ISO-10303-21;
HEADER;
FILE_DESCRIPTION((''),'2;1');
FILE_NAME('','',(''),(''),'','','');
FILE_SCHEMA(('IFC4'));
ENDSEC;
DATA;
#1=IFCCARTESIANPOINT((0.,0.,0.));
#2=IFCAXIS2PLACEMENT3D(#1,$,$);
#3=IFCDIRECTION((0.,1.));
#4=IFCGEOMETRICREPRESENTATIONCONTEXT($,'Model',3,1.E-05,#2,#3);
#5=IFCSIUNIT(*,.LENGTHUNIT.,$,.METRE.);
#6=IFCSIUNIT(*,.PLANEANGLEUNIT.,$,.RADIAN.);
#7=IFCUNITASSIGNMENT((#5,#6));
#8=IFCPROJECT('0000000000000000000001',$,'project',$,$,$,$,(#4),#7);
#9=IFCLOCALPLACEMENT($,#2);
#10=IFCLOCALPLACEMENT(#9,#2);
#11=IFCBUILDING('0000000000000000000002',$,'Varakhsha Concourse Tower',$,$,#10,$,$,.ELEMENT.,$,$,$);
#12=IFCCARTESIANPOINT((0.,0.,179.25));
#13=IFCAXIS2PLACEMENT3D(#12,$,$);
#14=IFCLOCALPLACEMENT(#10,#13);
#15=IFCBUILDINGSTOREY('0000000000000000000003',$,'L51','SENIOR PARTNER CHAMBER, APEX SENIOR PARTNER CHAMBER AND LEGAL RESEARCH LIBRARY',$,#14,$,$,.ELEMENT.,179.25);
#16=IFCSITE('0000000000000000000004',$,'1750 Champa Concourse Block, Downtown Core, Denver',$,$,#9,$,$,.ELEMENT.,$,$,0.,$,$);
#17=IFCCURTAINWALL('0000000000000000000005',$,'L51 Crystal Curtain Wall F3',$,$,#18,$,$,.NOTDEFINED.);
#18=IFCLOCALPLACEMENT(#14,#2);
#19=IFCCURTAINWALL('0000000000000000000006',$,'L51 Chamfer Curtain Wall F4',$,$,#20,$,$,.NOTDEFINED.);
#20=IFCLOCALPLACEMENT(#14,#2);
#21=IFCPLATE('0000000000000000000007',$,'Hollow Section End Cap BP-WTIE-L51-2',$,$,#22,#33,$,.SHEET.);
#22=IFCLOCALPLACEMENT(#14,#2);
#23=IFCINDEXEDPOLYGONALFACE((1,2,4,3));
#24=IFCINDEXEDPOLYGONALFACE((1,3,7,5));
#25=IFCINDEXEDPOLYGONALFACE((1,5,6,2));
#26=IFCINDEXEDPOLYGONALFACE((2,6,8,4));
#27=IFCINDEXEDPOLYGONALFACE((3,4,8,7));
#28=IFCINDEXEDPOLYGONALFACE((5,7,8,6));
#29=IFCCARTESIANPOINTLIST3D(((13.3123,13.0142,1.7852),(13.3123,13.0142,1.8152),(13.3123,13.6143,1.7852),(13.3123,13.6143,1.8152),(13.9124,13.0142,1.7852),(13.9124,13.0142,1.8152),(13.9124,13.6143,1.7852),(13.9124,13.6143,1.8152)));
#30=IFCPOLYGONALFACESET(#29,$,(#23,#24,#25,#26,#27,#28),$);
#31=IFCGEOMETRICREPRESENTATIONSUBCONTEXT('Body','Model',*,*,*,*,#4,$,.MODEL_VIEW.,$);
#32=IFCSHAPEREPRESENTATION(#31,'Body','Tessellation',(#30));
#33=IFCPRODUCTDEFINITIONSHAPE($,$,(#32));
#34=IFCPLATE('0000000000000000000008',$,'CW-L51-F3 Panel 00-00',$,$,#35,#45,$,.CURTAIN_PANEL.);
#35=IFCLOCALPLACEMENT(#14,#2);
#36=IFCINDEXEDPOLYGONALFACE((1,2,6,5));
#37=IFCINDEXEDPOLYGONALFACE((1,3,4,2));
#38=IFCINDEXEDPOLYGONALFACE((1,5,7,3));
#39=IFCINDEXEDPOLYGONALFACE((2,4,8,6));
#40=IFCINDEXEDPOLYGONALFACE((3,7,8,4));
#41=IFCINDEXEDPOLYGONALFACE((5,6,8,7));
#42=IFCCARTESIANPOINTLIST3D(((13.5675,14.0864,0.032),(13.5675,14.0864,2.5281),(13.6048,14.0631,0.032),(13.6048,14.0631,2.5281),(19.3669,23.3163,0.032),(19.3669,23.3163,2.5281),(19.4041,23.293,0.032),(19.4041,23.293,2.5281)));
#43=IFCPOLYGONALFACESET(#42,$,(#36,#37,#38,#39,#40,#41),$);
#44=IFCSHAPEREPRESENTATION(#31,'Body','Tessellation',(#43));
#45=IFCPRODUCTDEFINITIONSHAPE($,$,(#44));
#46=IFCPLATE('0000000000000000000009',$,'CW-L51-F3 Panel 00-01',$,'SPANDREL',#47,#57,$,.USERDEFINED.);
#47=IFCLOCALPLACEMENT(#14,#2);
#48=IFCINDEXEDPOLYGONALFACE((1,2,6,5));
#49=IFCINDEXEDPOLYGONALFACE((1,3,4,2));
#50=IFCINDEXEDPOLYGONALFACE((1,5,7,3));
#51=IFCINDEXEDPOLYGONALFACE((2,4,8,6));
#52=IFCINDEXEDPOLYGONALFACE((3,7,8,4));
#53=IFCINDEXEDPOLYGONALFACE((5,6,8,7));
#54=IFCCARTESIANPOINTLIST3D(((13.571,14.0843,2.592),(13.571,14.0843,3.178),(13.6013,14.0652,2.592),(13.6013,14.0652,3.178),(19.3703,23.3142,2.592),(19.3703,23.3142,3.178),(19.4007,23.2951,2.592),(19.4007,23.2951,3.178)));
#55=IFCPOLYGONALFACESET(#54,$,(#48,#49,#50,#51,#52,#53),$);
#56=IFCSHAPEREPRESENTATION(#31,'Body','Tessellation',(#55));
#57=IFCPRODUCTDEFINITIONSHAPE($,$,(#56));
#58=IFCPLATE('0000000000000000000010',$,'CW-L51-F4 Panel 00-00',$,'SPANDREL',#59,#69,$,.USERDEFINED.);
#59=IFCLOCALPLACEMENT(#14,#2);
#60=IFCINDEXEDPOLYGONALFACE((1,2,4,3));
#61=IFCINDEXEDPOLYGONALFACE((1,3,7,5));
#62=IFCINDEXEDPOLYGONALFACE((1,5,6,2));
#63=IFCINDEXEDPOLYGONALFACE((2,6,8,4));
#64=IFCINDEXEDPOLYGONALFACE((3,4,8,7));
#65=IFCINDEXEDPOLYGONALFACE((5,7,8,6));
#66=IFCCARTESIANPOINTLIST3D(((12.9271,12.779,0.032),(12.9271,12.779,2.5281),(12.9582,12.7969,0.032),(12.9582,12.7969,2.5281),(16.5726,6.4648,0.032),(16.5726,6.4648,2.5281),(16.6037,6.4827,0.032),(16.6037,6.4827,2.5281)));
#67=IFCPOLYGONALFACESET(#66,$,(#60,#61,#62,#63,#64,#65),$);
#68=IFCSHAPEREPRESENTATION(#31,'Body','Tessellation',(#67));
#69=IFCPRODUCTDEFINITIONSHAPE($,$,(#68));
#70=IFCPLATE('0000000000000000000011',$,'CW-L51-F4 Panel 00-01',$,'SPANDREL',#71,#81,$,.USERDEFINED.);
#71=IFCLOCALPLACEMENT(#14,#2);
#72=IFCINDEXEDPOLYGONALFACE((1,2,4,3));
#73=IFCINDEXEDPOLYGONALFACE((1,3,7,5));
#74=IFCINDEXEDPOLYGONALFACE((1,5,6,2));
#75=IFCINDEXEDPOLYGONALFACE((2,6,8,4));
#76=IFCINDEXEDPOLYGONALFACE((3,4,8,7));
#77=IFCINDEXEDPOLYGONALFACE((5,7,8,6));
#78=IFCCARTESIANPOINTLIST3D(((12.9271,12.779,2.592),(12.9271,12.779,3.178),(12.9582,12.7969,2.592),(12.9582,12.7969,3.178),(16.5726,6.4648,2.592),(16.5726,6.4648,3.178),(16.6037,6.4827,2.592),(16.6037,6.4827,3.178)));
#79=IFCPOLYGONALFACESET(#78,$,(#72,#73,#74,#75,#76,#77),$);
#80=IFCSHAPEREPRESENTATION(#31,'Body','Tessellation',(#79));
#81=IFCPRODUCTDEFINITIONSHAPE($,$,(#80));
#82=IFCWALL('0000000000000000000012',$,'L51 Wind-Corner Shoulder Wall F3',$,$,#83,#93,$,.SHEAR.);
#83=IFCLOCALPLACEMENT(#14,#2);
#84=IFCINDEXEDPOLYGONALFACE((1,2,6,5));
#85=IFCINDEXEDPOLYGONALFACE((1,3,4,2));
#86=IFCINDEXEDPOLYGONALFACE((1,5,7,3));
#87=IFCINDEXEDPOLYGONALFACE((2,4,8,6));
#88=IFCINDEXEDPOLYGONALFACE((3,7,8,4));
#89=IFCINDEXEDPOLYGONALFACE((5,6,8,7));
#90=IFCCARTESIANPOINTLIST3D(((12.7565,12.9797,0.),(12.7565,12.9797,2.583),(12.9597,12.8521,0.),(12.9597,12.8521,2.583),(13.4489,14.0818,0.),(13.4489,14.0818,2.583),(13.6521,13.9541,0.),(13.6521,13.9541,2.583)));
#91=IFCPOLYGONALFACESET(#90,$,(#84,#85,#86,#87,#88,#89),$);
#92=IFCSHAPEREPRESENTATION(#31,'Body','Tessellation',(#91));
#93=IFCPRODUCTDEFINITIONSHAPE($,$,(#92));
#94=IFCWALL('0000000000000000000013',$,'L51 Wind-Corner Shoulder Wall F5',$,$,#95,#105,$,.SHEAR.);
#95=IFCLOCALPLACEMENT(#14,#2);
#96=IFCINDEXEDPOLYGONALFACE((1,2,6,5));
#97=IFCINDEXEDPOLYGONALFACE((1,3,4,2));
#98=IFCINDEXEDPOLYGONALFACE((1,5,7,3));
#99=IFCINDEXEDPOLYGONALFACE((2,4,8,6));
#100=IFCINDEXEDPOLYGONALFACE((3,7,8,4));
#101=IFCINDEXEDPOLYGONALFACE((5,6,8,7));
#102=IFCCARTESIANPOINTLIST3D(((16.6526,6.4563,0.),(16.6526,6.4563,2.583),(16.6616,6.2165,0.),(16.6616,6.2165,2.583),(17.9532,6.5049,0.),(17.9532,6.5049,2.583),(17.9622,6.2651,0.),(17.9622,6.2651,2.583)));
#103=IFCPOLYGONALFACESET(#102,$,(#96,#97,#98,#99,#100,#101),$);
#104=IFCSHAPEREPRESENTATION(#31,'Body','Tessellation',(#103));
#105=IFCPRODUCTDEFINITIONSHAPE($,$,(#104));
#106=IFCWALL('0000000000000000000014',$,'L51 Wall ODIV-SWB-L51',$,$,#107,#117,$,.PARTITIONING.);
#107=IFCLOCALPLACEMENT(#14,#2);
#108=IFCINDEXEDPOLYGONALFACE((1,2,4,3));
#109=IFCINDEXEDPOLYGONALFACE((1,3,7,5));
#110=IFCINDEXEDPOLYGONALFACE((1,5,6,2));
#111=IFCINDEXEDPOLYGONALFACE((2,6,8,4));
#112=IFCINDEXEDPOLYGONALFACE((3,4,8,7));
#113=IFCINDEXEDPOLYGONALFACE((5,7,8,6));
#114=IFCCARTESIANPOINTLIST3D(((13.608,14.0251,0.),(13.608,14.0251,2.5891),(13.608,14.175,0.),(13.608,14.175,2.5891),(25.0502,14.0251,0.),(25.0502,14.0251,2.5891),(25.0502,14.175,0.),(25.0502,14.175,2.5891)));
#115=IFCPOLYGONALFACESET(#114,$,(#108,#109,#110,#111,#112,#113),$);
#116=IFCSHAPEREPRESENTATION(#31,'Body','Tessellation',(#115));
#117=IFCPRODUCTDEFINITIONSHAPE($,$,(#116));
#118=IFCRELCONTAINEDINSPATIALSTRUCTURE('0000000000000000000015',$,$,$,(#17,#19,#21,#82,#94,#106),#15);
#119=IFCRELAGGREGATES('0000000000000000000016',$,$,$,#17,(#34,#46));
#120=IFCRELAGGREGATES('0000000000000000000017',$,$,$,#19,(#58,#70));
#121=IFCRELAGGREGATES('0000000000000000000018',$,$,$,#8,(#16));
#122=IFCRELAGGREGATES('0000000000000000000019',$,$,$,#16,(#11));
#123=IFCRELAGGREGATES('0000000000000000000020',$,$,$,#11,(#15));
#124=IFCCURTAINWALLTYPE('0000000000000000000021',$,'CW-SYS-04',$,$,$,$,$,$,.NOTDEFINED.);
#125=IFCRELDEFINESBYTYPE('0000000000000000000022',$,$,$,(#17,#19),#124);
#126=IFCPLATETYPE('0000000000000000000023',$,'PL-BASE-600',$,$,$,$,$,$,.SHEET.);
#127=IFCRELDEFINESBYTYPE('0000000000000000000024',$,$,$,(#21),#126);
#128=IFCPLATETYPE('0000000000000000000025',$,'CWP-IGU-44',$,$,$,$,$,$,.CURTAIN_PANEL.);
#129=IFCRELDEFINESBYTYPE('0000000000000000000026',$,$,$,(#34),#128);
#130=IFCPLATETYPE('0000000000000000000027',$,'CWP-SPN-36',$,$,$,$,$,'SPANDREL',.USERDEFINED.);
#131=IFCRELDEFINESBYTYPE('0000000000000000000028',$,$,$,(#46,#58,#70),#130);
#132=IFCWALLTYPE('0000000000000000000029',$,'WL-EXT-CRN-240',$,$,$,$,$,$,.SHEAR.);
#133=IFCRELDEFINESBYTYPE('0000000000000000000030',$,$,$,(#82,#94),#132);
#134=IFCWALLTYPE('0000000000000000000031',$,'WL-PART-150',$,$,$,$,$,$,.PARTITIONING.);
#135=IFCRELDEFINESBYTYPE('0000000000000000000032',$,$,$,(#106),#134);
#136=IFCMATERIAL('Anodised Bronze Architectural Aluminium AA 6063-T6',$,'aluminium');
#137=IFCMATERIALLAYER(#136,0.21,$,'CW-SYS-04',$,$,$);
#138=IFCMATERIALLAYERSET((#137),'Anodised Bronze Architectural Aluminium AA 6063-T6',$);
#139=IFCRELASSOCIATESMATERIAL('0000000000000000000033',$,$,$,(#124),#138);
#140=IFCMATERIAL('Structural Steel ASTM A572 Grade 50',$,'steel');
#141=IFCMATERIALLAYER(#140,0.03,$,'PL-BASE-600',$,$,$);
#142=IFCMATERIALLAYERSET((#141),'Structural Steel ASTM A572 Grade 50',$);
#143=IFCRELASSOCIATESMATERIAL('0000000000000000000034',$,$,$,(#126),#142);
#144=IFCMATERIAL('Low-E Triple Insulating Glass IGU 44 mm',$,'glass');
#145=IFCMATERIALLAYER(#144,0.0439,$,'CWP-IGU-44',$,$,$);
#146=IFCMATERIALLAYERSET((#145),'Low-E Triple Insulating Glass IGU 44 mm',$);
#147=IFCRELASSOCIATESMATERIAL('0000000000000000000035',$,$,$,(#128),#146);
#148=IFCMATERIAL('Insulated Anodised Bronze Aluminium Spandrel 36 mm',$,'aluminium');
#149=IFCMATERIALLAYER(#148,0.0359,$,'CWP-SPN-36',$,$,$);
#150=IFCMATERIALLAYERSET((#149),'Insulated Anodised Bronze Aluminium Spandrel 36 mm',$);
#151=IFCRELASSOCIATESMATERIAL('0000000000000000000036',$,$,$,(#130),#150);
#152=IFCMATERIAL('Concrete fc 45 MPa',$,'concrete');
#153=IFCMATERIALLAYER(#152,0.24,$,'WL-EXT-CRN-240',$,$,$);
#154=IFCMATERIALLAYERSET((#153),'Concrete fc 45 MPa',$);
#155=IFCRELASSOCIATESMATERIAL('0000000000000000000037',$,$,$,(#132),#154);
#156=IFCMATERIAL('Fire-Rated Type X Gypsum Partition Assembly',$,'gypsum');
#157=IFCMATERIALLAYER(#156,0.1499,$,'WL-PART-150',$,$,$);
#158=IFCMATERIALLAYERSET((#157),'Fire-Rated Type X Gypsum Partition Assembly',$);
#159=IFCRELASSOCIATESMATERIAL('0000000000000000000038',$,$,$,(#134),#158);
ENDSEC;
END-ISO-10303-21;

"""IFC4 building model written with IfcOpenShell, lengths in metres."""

from ifc_helpers import new_model, si_unit, direction, frame, frame_2d, origin, origin_2d, place, context, subcontext, project, spatial, rectangle, extrude, source, transform, mapped, material, layer, layer_set, type_object, type_shapes, element, aggregate, save


model = new_model("IFC4")

# Units and contexts
model_context = context("Model", 3, precision=1e-05, world=origin(), true_north=direction((0.0, 1.0)))
body_context = subcontext(model_context, "Body", "Model", "MODEL_VIEW")
ifc_project = project(units=[si_unit("LENGTHUNIT", "METRE"), si_unit("PLANEANGLEUNIT", "RADIAN")], contexts=[model_context])

# Site, building, storey
site_placement = place(None, origin())
site = spatial("IfcSite", under=ifc_project, at=site_placement, Name="1750 Champa Concourse Block, Downtown Core, Denver", CompositionType="ELEMENT", RefElevation=0.0)
building_placement = place(site_placement, origin())
building = spatial("IfcBuilding", under=site, at=building_placement, Name="Varakhsha Concourse Tower", CompositionType="ELEMENT")
storey_placement = place(building_placement, frame((0.0, 0.0, 179.25)))
storey = spatial("IfcBuildingStorey", under=building, at=storey_placement, Name="L51", Description="SENIOR PARTNER CHAMBER, APEX SENIOR PARTNER CHAMBER AND LEGAL RESEARCH LIBRARY", CompositionType="ELEMENT", Elevation=179.25)

# Shared definitions
ifc_material_1 = material(Name="Structural Steel ASTM A572 Grade 50", Category="steel")

# Curtain wall
ifc_material_2 = material(Name="Anodised Bronze Architectural Aluminium AA 6063-T6", Category="aluminium")
ifc_layer_1 = layer(ifc_material_2, 0.21, Name="CW-SYS-04")
ifc_layer_set_1 = layer_set([ifc_layer_1], Name="Anodised Bronze Architectural Aluminium AA 6063-T6")
curtain_wall_type = type_object("IfcCurtainWallType", Name="CW-SYS-04", PredefinedType="NOTDEFINED", material=ifc_layer_set_1)
curtain_wall_1_placement = place(storey_placement, origin())
curtain_wall_1 = element("IfcCurtainWall", 1, at=curtain_wall_1_placement, inside=storey, type_object=curtain_wall_type, Name="L51 Crystal Curtain Wall F3", PredefinedType="NOTDEFINED")

# Curtain wall
curtain_wall_2_placement = place(storey_placement, origin())
curtain_wall_2 = element("IfcCurtainWall", 2, at=curtain_wall_2_placement, inside=storey, type_object=curtain_wall_type, Name="L51 Chamfer Curtain Wall F4", PredefinedType="NOTDEFINED")

# Shared definitions
ifc_material_3 = material(Name="Concrete fc 45 MPa", Category="concrete")

# Plate
ifc_layer_2 = layer(ifc_material_1, 0.03, Name="PL-BASE-600")
ifc_layer_set_2 = layer_set([ifc_layer_2], Name="Structural Steel ASTM A572 Grade 50")
plate_type_1 = type_object("IfcPlateType", Name="PL-BASE-600", PredefinedType="SHEET", material=ifc_layer_set_2)
shared_shape_1 = source(origin(), body_context, "Body", "SweptSolid", [
    extrude(rectangle(XDim=0.6001, YDim=0.6001, at=origin_2d()), origin(), (0.0, 0.0, 1.0), 0.03),
])
type_shapes(plate_type_1, [shared_shape_1])
plate_1_placement = place(storey_placement, frame((13.6123, 13.3142, 1.7852), z_axis=(0.0, 0.0, 1.0), x_axis=(1.0, 0.0, 0.0)))
element("IfcPlate", 3, at=plate_1_placement, inside=storey, type_object=plate_type_1, Name="Hollow Section End Cap BP-WTIE-L51-2", PredefinedType="SHEET", context=body_context, shape_type="MappedRepresentation", body=[
    mapped(shared_shape_1, transform((0.0, 0.0, 0.0), scale=1.0)),
])

# Plates
ifc_material_4 = material(Name="Low-E Triple Insulating Glass IGU 44 mm", Category="glass")
ifc_layer_3 = layer(ifc_material_4, 0.0439, Name="CWP-IGU-44")
ifc_layer_set_3 = layer_set([ifc_layer_3], Name="Low-E Triple Insulating Glass IGU 44 mm")
plate_type_2 = type_object("IfcPlateType", Name="CWP-IGU-44", PredefinedType="CURTAIN_PANEL", material=ifc_layer_set_3)
shared_shape_2 = source(origin(), body_context, "Body", "SweptSolid", [
    extrude(rectangle(XDim=10.9006, YDim=0.0439, at=origin_2d()), origin(), (0.0, 0.0, 1.0), 2.4961),
])
type_shapes(plate_type_2, [shared_shape_2])
plate_2_placement = place(storey_placement, frame((16.4858, 18.6897, 0.032), z_axis=(0.0, 0.0, 1.0), x_axis=(0.532022, 0.84673, 0.0)))
plate_2 = element("IfcPlate", 4, at=plate_2_placement, type_object=plate_type_2, Name="CW-L51-F3 Panel 00-00", PredefinedType="CURTAIN_PANEL", context=body_context, shape_type="MappedRepresentation", body=[
    mapped(shared_shape_2, transform((0.0, 0.0, 0.0), scale=1.0)),
])
ifc_material_5 = material(Name="Insulated Anodised Bronze Aluminium Spandrel 36 mm", Category="aluminium")
ifc_layer_4 = layer(ifc_material_5, 0.0359, Name="CWP-SPN-36")
ifc_layer_set_4 = layer_set([ifc_layer_4], Name="Insulated Anodised Bronze Aluminium Spandrel 36 mm")
plate_type_3 = type_object("IfcPlateType", Name="CWP-SPN-36", ElementType="SPANDREL", PredefinedType="USERDEFINED", material=ifc_layer_set_4)
shared_shape_3 = source(origin(), body_context, "Body", "SweptSolid", [
    extrude(rectangle(XDim=10.9006, YDim=0.0359, at=origin_2d()), origin(), (0.0, 0.0, 1.0), 0.5859),
])
plate_3_placement = place(storey_placement, frame((16.4858, 18.6897, 2.592), z_axis=(0.0, 0.0, 1.0), x_axis=(0.532022, 0.84673, 0.0)))
plate_3 = element("IfcPlate", 5, at=plate_3_placement, type_object=plate_type_3, Name="CW-L51-F3 Panel 00-01", ObjectType="SPANDREL", PredefinedType="USERDEFINED", context=body_context, shape_type="MappedRepresentation", body=[
    mapped(shared_shape_3, transform((0.0, 0.0, 0.0), scale=1.0)),
])
aggregate(curtain_wall_1, [plate_2, plate_3])
shared_shape_4 = source(origin(), body_context, "Body", "SweptSolid", [
    extrude(rectangle(XDim=7.291, YDim=0.0359, at=origin_2d()), origin(), (0.0, 0.0, 1.0), 2.4961),
])
plate_4_placement = place(storey_placement, frame((14.7654, 9.6309, 0.032), z_axis=(0.0, 0.0, 1.0), x_axis=(-0.499997, 0.866027, 0.0)))
plate_4 = element("IfcPlate", 6, at=plate_4_placement, type_object=plate_type_3, Name="CW-L51-F4 Panel 00-00", ObjectType="SPANDREL", PredefinedType="USERDEFINED", context=body_context, shape_type="MappedRepresentation", body=[
    mapped(shared_shape_4, transform((0.0, 0.0, 0.0), scale=1.0)),
])
shared_shape_5 = source(origin(), body_context, "Body", "SweptSolid", [
    extrude(rectangle(XDim=7.291, YDim=0.0359, at=origin_2d()), origin(), (0.0, 0.0, 1.0), 0.5859),
])
type_shapes(plate_type_3, [shared_shape_3, shared_shape_4, shared_shape_5])
plate_5_placement = place(storey_placement, frame((14.7654, 9.6309, 2.592), z_axis=(0.0, 0.0, 1.0), x_axis=(-0.499997, 0.866027, 0.0)))
plate_5 = element("IfcPlate", 7, at=plate_5_placement, type_object=plate_type_3, Name="CW-L51-F4 Panel 00-01", ObjectType="SPANDREL", PredefinedType="USERDEFINED", context=body_context, shape_type="MappedRepresentation", body=[
    mapped(shared_shape_5, transform((0.0, 0.0, 0.0), scale=1.0)),
])
aggregate(curtain_wall_2, [plate_4, plate_5])

# Walls
ifc_layer_5 = layer(ifc_material_3, 0.24, Name="WL-EXT-CRN-240")
ifc_layer_set_5 = layer_set([ifc_layer_5], Name="Concrete fc 45 MPa")
wall_type_1 = type_object("IfcWallType", Name="WL-EXT-CRN-240", PredefinedType="SHEAR", material=ifc_layer_set_5)
for number, where, z_axis, x_axis, name in (
    (8, (13.5505, 14.0181, 0.0), (0.0, 0.0, 1.0), (-0.531987, -0.846752, 0.0), "L51 Wind-Corner Shoulder Wall F3"),
    (9, (16.657, 6.3364, 0.0), (0.0, 0.0, 1.0), (0.999303, 0.037331, 0.0), "L51 Wind-Corner Shoulder Wall F5"),
):
    element("IfcWall", number, at=place(storey_placement, frame(where, z_axis=z_axis, x_axis=x_axis)), inside=storey, type_object=wall_type_1, Name=name, PredefinedType="SHEAR", context=body_context, shape_type="SweptSolid", body=[
        extrude(rectangle(XDim=1.3015, YDim=0.24, at=frame_2d((0.6509, 0.0))), origin(), (0.0, 0.0, 1.0), 2.583),
    ])
ifc_material_6 = material(Name="Fire-Rated Type X Gypsum Partition Assembly", Category="gypsum")
ifc_layer_6 = layer(ifc_material_6, 0.1499, Name="WL-PART-150")
ifc_layer_set_6 = layer_set([ifc_layer_6], Name="Fire-Rated Type X Gypsum Partition Assembly")
wall_type_2 = type_object("IfcWallType", Name="WL-PART-150", PredefinedType="PARTITIONING", material=ifc_layer_set_6)
wall_placement = place(storey_placement, frame((13.6079, 14.1001, 0.0), z_axis=(0.0, 0.0, 1.0), x_axis=(1.0, 0.0, 0.0)))
element("IfcWall", 10, at=wall_placement, inside=storey, type_object=wall_type_2, Name="L51 Wall ODIV-SWB-L51", PredefinedType="PARTITIONING", context=body_context, shape_type="SweptSolid", body=[
    extrude(rectangle(XDim=11.4421, YDim=0.1499, at=frame_2d((5.7212, 0.0))), origin(), (0.0, 0.0, 1.0), 2.5891),
])

save(model, "model.ifc")
